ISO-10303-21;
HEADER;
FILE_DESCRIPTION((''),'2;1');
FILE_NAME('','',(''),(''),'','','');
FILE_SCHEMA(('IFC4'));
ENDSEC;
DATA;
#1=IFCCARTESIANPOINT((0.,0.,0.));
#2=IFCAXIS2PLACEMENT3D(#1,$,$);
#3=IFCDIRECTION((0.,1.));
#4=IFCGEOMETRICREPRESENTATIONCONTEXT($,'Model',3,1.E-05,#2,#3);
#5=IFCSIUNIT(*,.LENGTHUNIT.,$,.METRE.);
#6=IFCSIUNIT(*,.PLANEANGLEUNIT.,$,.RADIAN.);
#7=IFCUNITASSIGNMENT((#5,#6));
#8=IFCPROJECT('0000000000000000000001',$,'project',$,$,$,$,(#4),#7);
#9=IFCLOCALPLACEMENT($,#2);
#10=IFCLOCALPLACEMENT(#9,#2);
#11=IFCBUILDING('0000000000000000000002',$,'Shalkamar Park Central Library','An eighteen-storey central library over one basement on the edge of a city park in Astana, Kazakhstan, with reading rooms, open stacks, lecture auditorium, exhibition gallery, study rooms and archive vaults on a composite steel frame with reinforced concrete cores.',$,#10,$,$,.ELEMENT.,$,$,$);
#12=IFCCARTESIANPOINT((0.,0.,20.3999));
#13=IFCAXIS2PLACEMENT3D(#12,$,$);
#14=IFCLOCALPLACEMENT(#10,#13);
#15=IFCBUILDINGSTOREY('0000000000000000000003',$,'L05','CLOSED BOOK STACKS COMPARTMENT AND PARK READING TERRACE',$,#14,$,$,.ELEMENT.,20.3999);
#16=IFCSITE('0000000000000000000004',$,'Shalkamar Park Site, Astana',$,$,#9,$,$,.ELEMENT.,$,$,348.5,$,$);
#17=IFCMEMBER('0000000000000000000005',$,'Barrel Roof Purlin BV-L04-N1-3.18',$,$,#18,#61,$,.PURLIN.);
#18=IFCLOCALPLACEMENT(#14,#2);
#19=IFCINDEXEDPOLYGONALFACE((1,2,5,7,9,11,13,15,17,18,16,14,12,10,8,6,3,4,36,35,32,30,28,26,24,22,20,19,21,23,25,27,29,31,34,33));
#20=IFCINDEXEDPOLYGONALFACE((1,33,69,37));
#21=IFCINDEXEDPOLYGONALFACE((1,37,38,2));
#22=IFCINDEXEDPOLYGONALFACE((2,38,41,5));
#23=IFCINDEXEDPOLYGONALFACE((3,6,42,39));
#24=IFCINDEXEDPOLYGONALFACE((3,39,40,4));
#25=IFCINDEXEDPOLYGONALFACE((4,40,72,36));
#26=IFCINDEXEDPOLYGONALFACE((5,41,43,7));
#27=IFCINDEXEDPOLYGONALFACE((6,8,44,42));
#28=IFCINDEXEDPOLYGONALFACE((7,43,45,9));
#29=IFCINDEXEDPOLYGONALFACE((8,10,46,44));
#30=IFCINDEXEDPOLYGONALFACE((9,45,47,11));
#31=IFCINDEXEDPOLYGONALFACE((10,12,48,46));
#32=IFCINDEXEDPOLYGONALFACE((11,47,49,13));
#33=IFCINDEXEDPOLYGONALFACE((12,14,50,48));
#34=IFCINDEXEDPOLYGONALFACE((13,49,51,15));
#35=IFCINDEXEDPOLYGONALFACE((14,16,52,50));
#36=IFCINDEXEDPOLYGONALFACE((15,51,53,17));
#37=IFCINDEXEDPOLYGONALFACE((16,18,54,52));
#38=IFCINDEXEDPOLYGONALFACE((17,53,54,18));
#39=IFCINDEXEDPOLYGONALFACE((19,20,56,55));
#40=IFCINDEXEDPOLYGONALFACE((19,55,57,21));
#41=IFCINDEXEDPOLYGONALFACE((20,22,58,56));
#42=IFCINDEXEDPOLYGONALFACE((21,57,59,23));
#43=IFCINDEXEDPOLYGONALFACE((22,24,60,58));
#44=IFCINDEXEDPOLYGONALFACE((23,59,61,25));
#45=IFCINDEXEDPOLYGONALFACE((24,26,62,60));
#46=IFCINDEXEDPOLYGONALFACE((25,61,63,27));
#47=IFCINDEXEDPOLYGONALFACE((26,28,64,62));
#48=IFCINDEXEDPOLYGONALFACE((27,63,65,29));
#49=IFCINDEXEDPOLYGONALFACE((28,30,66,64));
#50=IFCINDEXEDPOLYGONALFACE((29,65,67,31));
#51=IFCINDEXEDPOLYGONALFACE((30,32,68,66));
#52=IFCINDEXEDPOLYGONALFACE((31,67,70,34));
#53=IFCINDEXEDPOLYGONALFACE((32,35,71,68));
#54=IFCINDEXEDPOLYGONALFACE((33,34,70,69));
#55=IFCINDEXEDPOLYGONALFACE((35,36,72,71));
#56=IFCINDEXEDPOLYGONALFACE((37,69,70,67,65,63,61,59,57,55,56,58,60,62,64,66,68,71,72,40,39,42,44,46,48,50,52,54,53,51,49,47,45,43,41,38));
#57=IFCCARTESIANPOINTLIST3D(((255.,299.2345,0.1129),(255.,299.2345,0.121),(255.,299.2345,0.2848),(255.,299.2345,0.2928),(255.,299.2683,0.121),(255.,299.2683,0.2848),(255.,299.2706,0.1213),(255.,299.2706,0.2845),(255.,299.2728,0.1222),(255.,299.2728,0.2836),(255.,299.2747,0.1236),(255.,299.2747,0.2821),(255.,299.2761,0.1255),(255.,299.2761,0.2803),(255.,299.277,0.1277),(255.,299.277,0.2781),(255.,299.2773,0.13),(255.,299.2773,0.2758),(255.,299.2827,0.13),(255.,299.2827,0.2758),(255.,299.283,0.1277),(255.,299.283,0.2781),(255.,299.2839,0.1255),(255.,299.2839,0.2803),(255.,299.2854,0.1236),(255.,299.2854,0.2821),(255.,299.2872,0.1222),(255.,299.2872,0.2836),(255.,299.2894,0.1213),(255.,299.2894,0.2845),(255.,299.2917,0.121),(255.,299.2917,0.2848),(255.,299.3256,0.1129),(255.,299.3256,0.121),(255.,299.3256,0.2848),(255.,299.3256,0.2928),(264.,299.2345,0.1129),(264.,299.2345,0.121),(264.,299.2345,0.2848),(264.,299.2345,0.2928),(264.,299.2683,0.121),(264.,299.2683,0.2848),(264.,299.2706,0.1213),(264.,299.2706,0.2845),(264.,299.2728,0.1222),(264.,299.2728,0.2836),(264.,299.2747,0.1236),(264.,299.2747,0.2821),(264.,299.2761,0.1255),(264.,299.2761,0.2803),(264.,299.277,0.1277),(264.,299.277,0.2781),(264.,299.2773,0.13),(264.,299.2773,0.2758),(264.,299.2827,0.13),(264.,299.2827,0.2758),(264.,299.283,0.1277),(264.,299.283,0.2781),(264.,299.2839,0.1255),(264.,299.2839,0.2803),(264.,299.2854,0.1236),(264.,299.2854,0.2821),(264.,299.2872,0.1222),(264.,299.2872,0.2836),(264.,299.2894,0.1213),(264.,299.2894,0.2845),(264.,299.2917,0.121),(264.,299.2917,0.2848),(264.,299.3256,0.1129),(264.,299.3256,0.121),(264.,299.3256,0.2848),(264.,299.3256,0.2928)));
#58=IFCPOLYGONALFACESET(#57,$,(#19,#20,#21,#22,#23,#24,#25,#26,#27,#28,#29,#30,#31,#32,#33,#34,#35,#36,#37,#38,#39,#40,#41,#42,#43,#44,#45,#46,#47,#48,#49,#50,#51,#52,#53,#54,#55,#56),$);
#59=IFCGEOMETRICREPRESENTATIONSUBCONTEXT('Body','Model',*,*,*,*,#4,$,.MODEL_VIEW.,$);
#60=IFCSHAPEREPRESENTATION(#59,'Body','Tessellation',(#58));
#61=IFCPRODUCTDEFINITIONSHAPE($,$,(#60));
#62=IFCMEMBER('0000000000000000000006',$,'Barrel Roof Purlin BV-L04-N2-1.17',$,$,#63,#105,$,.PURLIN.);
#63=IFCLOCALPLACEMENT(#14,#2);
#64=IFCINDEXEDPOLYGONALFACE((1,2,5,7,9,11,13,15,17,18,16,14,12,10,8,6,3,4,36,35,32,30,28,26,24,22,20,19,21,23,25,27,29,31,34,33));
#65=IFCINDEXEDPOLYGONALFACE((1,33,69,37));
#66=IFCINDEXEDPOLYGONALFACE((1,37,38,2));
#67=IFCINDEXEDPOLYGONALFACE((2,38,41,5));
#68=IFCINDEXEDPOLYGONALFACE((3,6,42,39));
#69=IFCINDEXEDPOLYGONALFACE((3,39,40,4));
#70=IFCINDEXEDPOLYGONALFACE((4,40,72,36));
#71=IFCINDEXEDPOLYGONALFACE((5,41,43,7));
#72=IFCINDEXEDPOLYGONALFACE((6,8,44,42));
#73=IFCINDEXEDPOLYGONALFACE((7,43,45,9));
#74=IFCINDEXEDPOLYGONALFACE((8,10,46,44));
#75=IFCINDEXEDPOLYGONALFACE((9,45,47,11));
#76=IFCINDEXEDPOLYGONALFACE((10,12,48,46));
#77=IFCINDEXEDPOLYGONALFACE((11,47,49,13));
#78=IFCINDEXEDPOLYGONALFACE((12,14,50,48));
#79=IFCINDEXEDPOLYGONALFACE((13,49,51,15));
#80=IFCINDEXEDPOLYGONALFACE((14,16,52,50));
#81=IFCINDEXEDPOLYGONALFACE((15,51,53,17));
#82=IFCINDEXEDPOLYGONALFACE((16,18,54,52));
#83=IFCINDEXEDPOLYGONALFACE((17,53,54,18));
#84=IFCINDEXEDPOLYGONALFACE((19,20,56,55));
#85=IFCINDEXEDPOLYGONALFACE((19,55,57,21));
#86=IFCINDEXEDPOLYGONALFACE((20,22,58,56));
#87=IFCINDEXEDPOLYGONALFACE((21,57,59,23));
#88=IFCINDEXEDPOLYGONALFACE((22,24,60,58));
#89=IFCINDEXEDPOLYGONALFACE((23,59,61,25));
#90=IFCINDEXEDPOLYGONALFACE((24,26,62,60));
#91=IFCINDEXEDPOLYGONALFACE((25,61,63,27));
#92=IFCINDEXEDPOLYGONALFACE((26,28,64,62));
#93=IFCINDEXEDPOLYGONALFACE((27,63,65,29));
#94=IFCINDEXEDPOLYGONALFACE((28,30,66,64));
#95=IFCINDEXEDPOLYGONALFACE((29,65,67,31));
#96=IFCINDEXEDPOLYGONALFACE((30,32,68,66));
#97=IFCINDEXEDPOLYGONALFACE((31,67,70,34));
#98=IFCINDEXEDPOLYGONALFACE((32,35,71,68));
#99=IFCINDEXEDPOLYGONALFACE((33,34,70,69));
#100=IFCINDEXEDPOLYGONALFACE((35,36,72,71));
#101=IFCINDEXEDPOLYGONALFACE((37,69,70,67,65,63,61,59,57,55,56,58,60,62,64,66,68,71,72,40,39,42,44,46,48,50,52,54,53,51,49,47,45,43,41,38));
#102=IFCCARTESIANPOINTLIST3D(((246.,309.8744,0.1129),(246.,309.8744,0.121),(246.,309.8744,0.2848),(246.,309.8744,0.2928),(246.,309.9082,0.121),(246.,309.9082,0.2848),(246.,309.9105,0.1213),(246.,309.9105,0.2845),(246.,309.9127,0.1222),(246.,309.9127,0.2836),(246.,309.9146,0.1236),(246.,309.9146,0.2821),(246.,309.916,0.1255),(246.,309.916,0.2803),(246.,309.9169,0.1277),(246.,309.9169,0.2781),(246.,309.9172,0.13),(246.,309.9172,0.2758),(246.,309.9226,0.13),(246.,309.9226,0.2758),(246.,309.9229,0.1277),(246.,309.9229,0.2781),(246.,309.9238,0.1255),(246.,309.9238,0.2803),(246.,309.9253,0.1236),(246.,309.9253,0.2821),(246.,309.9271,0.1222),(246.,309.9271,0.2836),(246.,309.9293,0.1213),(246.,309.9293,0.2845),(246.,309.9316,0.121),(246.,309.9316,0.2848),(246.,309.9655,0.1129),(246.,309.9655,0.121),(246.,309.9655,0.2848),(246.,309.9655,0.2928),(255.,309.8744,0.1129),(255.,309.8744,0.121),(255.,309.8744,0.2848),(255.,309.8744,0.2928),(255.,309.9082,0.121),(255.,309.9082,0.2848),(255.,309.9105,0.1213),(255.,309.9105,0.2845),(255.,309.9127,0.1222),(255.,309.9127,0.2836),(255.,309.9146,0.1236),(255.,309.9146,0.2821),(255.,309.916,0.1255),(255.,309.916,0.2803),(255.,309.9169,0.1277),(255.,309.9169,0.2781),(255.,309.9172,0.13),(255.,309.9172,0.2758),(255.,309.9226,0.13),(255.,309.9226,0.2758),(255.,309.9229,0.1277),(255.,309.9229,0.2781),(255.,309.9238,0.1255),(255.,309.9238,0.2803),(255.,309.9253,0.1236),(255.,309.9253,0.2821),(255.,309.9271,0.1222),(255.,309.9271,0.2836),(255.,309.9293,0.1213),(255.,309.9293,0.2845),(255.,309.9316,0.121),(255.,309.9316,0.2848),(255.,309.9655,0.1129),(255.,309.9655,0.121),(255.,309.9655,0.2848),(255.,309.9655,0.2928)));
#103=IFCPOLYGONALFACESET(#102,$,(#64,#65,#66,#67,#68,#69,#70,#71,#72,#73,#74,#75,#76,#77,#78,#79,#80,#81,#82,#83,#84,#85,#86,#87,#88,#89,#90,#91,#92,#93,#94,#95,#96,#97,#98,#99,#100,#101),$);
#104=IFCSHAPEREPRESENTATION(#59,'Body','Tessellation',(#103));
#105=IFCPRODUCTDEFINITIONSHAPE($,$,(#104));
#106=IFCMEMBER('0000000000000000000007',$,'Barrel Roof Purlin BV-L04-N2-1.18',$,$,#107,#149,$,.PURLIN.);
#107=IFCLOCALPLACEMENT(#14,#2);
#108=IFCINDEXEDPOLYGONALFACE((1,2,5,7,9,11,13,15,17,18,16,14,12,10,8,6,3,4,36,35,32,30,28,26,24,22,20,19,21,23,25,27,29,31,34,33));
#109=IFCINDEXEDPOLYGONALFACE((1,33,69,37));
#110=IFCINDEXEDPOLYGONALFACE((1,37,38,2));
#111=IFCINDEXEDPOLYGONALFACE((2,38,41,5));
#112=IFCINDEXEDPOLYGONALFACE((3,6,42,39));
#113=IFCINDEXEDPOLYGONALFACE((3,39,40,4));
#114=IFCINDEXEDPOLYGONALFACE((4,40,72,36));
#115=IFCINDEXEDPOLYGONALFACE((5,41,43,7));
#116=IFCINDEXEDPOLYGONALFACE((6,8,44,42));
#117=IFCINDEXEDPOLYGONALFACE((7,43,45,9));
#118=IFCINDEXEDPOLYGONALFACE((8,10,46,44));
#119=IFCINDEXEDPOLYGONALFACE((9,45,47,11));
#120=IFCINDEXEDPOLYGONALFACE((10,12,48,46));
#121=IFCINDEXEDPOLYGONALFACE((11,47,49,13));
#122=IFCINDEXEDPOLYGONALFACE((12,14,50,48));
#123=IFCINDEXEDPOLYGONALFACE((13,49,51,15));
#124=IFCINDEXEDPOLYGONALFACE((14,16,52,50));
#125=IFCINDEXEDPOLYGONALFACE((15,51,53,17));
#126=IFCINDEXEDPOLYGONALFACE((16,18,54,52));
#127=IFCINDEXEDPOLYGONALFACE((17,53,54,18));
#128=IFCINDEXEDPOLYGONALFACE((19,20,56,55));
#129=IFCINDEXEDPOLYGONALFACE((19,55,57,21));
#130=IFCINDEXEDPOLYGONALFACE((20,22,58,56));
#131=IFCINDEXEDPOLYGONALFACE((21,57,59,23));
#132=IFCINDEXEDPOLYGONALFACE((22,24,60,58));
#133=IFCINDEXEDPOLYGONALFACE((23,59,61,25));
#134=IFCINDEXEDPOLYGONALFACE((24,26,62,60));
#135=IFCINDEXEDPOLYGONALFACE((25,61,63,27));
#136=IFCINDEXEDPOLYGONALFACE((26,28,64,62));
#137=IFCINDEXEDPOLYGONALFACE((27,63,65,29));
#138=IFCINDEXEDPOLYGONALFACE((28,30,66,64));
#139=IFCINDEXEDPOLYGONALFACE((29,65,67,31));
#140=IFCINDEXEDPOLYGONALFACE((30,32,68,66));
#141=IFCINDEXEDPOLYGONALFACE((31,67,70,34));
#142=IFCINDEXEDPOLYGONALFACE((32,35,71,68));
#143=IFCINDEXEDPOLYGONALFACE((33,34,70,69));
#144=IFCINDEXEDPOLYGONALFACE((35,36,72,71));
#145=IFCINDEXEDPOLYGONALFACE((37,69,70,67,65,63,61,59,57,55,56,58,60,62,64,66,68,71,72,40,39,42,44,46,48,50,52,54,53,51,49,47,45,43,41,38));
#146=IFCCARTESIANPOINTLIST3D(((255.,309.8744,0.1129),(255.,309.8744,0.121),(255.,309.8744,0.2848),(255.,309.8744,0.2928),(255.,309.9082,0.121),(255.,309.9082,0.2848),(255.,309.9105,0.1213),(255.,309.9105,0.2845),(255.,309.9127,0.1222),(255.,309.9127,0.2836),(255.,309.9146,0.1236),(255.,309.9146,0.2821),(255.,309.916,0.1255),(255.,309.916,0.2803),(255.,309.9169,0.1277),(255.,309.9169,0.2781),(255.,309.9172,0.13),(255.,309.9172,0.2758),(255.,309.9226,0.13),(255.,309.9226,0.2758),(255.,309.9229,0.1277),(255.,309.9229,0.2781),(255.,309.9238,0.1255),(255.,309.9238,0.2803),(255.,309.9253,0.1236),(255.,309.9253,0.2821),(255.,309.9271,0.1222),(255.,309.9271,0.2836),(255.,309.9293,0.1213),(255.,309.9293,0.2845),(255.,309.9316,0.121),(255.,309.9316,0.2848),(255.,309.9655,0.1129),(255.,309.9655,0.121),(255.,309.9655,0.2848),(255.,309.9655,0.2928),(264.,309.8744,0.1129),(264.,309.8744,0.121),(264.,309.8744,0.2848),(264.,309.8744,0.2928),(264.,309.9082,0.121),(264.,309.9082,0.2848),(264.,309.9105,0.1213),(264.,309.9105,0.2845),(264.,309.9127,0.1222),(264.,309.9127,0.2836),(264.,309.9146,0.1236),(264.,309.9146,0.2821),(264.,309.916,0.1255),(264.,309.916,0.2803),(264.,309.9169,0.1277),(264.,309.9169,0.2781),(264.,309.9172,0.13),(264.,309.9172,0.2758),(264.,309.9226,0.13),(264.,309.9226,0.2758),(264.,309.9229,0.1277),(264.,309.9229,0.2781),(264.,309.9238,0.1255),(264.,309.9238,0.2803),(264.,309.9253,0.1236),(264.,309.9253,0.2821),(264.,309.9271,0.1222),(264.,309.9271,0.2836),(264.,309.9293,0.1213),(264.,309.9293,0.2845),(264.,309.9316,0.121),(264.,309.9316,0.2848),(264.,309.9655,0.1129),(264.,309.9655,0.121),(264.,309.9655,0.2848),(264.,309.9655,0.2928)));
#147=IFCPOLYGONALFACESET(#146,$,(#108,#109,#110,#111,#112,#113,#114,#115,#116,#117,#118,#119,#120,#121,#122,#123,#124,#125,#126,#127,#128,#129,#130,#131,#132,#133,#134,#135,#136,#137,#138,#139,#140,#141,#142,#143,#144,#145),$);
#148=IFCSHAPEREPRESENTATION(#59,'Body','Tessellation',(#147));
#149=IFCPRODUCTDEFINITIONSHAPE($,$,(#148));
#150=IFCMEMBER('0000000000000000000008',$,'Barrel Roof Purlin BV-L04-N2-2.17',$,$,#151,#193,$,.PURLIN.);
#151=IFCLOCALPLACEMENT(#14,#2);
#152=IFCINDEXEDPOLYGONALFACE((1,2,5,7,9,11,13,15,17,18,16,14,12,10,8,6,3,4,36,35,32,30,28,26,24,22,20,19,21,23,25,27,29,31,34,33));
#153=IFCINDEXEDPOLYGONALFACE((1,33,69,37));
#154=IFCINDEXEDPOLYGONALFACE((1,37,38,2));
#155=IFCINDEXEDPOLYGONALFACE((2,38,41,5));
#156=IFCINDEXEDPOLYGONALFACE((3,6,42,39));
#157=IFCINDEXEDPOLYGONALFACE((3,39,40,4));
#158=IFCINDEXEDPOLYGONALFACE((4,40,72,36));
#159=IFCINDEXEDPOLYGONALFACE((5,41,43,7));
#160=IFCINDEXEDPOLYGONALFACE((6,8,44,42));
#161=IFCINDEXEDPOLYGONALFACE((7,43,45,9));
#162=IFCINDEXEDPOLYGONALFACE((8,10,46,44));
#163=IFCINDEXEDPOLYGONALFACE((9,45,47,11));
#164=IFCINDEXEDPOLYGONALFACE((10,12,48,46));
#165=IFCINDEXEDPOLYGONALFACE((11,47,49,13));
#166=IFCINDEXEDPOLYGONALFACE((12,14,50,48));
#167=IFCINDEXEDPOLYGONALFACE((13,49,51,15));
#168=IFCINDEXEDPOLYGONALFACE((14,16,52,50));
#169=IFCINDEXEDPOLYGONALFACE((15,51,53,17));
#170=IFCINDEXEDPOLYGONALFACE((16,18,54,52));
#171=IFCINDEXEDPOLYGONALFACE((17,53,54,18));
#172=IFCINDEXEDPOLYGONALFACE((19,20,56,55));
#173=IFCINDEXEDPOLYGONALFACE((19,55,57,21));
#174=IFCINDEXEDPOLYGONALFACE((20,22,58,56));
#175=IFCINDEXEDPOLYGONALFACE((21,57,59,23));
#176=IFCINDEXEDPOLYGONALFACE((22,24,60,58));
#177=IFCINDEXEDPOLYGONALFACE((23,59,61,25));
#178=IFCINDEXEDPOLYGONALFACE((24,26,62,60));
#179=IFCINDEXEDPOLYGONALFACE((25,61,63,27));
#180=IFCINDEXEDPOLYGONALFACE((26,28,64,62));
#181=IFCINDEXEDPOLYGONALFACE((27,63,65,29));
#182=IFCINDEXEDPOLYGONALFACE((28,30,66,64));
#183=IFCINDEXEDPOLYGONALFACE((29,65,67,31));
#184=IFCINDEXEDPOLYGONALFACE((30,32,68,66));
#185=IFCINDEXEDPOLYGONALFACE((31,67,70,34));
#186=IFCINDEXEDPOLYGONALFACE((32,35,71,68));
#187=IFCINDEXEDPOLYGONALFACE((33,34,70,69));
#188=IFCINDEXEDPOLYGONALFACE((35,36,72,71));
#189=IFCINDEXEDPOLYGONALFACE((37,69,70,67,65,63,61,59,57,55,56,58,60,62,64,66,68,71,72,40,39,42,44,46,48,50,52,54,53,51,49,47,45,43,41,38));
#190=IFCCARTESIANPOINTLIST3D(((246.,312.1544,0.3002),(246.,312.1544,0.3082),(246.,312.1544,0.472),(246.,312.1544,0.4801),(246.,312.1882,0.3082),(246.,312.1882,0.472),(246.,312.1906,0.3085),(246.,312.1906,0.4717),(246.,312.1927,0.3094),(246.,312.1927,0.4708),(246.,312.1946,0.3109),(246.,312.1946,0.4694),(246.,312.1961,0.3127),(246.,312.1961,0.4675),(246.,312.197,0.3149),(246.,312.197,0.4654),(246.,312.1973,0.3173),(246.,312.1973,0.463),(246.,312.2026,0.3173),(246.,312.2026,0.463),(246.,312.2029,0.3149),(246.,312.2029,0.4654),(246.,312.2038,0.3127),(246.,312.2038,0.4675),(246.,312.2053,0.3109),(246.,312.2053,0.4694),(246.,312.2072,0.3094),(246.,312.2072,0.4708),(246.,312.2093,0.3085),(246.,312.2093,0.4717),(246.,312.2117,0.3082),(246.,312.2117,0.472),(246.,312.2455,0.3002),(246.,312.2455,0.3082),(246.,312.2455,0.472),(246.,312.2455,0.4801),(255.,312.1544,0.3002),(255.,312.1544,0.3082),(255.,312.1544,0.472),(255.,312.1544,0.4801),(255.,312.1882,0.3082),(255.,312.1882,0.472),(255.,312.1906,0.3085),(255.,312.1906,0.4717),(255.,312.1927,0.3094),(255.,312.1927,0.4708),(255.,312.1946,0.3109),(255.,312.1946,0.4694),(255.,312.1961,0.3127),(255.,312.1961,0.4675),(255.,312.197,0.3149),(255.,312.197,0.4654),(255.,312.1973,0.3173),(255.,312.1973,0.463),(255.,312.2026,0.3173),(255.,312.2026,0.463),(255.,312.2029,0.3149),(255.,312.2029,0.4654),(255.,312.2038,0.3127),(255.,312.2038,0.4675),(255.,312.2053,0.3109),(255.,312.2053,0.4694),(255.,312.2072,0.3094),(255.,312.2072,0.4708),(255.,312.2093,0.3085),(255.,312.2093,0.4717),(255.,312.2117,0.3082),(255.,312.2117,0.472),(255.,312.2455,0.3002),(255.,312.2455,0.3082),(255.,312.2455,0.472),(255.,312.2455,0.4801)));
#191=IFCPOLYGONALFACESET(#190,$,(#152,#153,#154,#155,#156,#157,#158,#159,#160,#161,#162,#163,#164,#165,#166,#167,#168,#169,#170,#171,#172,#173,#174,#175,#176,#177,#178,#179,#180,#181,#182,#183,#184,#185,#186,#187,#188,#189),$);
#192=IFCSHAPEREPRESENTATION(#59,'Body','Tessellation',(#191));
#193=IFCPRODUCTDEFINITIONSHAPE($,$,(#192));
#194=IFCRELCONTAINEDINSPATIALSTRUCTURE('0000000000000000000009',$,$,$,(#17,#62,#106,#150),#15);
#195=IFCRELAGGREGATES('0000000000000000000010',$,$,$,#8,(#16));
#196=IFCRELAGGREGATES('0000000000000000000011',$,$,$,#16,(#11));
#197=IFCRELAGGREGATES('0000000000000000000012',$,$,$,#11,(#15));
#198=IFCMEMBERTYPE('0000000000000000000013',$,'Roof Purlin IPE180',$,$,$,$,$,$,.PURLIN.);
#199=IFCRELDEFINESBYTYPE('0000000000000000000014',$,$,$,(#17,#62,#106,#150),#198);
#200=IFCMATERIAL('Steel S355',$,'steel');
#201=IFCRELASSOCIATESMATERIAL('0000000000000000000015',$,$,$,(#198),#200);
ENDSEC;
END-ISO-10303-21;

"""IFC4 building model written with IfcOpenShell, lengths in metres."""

from ifc_helpers import new_model, si_unit, direction, frame, origin, origin_2d, place, context, subcontext, project, spatial, i_section, extrude, material, material_profile, profile_set, type_object, element, save


model = new_model("IFC4")

# Units and contexts
model_context = context("Model", 3, precision=1e-05, world=origin(), true_north=direction((0.0, 1.0)))
body_context = subcontext(model_context, "Body", "Model", "MODEL_VIEW")
ifc_project = project(units=[si_unit("LENGTHUNIT", "METRE"), si_unit("PLANEANGLEUNIT", "RADIAN")], contexts=[model_context])

# Site, building, storey
site_placement = place(None, origin())
site = spatial("IfcSite", under=ifc_project, at=site_placement, Name="Shalkamar Park Site, Astana", CompositionType="ELEMENT", RefElevation=348.5)
building_placement = place(site_placement, origin())
building = spatial("IfcBuilding", under=site, at=building_placement, Name="Shalkamar Park Central Library", Description="An eighteen-storey central library over one basement on the edge of a city park in Astana, Kazakhstan, with reading rooms, open stacks, lecture auditorium, exhibition gallery, study rooms and archive vaults on a composite steel frame with reinforced concrete cores.", CompositionType="ELEMENT")
storey_placement = place(building_placement, frame((0.0, 0.0, 20.3999)))
storey = spatial("IfcBuildingStorey", under=building, at=storey_placement, Name="L05", Description="CLOSED BOOK STACKS COMPARTMENT AND PARK READING TERRACE", CompositionType="ELEMENT", Elevation=20.3999)

# Members
ifc_material = material(Name="Steel S355", Category="steel")
ifc_material_profile_1 = material_profile(ifc_material, i_section(OverallWidth=0.0911, OverallDepth=0.1799, WebThickness=0.0054, FlangeThickness=0.0081, FilletRadius=0.009, at=origin_2d()), Name="IPE 180")
ifc_profile_set_1 = profile_set([ifc_material_profile_1], Name="Steel S355")
member_type_1 = type_object("IfcMemberType", Name="Roof Purlin IPE180", PredefinedType="PURLIN", material=ifc_profile_set_1)
for number, where, z_axis, x_axis, name in (
    (1, (255.0, 299.28, 0.2029), (1.0, 0.0, 0.0), (0.0, 1.0, 0.0), "Barrel Roof Purlin BV-L04-N1-3.18"),
    (2, (246.0, 309.9199, 0.2029), (1.0, 0.0, 0.0), (0.0, 1.0, 0.0), "Barrel Roof Purlin BV-L04-N2-1.17"),
    (3, (255.0, 309.9199, 0.2029), (1.0, 0.0, 0.0), (0.0, 1.0, 0.0), "Barrel Roof Purlin BV-L04-N2-1.18"),
    (4, (246.0, 312.2, 0.3901), (1.0, 0.0, 0.0), (0.0, 1.0, 0.0), "Barrel Roof Purlin BV-L04-N2-2.17"),
):
    element("IfcMember", number, at=place(storey_placement, frame(where, z_axis=z_axis, x_axis=x_axis)), inside=storey, type_object=member_type_1, Name=name, PredefinedType="PURLIN", context=body_context, shape_type="SweptSolid", body=[
        extrude(i_section(OverallWidth=0.0911, OverallDepth=0.1799, WebThickness=0.0054, FlangeThickness=0.0081, FilletRadius=0.009, at=origin_2d()), origin(), (0.0, 0.0, 1.0), 9.0),
    ])

save(model, "model.ifc")
